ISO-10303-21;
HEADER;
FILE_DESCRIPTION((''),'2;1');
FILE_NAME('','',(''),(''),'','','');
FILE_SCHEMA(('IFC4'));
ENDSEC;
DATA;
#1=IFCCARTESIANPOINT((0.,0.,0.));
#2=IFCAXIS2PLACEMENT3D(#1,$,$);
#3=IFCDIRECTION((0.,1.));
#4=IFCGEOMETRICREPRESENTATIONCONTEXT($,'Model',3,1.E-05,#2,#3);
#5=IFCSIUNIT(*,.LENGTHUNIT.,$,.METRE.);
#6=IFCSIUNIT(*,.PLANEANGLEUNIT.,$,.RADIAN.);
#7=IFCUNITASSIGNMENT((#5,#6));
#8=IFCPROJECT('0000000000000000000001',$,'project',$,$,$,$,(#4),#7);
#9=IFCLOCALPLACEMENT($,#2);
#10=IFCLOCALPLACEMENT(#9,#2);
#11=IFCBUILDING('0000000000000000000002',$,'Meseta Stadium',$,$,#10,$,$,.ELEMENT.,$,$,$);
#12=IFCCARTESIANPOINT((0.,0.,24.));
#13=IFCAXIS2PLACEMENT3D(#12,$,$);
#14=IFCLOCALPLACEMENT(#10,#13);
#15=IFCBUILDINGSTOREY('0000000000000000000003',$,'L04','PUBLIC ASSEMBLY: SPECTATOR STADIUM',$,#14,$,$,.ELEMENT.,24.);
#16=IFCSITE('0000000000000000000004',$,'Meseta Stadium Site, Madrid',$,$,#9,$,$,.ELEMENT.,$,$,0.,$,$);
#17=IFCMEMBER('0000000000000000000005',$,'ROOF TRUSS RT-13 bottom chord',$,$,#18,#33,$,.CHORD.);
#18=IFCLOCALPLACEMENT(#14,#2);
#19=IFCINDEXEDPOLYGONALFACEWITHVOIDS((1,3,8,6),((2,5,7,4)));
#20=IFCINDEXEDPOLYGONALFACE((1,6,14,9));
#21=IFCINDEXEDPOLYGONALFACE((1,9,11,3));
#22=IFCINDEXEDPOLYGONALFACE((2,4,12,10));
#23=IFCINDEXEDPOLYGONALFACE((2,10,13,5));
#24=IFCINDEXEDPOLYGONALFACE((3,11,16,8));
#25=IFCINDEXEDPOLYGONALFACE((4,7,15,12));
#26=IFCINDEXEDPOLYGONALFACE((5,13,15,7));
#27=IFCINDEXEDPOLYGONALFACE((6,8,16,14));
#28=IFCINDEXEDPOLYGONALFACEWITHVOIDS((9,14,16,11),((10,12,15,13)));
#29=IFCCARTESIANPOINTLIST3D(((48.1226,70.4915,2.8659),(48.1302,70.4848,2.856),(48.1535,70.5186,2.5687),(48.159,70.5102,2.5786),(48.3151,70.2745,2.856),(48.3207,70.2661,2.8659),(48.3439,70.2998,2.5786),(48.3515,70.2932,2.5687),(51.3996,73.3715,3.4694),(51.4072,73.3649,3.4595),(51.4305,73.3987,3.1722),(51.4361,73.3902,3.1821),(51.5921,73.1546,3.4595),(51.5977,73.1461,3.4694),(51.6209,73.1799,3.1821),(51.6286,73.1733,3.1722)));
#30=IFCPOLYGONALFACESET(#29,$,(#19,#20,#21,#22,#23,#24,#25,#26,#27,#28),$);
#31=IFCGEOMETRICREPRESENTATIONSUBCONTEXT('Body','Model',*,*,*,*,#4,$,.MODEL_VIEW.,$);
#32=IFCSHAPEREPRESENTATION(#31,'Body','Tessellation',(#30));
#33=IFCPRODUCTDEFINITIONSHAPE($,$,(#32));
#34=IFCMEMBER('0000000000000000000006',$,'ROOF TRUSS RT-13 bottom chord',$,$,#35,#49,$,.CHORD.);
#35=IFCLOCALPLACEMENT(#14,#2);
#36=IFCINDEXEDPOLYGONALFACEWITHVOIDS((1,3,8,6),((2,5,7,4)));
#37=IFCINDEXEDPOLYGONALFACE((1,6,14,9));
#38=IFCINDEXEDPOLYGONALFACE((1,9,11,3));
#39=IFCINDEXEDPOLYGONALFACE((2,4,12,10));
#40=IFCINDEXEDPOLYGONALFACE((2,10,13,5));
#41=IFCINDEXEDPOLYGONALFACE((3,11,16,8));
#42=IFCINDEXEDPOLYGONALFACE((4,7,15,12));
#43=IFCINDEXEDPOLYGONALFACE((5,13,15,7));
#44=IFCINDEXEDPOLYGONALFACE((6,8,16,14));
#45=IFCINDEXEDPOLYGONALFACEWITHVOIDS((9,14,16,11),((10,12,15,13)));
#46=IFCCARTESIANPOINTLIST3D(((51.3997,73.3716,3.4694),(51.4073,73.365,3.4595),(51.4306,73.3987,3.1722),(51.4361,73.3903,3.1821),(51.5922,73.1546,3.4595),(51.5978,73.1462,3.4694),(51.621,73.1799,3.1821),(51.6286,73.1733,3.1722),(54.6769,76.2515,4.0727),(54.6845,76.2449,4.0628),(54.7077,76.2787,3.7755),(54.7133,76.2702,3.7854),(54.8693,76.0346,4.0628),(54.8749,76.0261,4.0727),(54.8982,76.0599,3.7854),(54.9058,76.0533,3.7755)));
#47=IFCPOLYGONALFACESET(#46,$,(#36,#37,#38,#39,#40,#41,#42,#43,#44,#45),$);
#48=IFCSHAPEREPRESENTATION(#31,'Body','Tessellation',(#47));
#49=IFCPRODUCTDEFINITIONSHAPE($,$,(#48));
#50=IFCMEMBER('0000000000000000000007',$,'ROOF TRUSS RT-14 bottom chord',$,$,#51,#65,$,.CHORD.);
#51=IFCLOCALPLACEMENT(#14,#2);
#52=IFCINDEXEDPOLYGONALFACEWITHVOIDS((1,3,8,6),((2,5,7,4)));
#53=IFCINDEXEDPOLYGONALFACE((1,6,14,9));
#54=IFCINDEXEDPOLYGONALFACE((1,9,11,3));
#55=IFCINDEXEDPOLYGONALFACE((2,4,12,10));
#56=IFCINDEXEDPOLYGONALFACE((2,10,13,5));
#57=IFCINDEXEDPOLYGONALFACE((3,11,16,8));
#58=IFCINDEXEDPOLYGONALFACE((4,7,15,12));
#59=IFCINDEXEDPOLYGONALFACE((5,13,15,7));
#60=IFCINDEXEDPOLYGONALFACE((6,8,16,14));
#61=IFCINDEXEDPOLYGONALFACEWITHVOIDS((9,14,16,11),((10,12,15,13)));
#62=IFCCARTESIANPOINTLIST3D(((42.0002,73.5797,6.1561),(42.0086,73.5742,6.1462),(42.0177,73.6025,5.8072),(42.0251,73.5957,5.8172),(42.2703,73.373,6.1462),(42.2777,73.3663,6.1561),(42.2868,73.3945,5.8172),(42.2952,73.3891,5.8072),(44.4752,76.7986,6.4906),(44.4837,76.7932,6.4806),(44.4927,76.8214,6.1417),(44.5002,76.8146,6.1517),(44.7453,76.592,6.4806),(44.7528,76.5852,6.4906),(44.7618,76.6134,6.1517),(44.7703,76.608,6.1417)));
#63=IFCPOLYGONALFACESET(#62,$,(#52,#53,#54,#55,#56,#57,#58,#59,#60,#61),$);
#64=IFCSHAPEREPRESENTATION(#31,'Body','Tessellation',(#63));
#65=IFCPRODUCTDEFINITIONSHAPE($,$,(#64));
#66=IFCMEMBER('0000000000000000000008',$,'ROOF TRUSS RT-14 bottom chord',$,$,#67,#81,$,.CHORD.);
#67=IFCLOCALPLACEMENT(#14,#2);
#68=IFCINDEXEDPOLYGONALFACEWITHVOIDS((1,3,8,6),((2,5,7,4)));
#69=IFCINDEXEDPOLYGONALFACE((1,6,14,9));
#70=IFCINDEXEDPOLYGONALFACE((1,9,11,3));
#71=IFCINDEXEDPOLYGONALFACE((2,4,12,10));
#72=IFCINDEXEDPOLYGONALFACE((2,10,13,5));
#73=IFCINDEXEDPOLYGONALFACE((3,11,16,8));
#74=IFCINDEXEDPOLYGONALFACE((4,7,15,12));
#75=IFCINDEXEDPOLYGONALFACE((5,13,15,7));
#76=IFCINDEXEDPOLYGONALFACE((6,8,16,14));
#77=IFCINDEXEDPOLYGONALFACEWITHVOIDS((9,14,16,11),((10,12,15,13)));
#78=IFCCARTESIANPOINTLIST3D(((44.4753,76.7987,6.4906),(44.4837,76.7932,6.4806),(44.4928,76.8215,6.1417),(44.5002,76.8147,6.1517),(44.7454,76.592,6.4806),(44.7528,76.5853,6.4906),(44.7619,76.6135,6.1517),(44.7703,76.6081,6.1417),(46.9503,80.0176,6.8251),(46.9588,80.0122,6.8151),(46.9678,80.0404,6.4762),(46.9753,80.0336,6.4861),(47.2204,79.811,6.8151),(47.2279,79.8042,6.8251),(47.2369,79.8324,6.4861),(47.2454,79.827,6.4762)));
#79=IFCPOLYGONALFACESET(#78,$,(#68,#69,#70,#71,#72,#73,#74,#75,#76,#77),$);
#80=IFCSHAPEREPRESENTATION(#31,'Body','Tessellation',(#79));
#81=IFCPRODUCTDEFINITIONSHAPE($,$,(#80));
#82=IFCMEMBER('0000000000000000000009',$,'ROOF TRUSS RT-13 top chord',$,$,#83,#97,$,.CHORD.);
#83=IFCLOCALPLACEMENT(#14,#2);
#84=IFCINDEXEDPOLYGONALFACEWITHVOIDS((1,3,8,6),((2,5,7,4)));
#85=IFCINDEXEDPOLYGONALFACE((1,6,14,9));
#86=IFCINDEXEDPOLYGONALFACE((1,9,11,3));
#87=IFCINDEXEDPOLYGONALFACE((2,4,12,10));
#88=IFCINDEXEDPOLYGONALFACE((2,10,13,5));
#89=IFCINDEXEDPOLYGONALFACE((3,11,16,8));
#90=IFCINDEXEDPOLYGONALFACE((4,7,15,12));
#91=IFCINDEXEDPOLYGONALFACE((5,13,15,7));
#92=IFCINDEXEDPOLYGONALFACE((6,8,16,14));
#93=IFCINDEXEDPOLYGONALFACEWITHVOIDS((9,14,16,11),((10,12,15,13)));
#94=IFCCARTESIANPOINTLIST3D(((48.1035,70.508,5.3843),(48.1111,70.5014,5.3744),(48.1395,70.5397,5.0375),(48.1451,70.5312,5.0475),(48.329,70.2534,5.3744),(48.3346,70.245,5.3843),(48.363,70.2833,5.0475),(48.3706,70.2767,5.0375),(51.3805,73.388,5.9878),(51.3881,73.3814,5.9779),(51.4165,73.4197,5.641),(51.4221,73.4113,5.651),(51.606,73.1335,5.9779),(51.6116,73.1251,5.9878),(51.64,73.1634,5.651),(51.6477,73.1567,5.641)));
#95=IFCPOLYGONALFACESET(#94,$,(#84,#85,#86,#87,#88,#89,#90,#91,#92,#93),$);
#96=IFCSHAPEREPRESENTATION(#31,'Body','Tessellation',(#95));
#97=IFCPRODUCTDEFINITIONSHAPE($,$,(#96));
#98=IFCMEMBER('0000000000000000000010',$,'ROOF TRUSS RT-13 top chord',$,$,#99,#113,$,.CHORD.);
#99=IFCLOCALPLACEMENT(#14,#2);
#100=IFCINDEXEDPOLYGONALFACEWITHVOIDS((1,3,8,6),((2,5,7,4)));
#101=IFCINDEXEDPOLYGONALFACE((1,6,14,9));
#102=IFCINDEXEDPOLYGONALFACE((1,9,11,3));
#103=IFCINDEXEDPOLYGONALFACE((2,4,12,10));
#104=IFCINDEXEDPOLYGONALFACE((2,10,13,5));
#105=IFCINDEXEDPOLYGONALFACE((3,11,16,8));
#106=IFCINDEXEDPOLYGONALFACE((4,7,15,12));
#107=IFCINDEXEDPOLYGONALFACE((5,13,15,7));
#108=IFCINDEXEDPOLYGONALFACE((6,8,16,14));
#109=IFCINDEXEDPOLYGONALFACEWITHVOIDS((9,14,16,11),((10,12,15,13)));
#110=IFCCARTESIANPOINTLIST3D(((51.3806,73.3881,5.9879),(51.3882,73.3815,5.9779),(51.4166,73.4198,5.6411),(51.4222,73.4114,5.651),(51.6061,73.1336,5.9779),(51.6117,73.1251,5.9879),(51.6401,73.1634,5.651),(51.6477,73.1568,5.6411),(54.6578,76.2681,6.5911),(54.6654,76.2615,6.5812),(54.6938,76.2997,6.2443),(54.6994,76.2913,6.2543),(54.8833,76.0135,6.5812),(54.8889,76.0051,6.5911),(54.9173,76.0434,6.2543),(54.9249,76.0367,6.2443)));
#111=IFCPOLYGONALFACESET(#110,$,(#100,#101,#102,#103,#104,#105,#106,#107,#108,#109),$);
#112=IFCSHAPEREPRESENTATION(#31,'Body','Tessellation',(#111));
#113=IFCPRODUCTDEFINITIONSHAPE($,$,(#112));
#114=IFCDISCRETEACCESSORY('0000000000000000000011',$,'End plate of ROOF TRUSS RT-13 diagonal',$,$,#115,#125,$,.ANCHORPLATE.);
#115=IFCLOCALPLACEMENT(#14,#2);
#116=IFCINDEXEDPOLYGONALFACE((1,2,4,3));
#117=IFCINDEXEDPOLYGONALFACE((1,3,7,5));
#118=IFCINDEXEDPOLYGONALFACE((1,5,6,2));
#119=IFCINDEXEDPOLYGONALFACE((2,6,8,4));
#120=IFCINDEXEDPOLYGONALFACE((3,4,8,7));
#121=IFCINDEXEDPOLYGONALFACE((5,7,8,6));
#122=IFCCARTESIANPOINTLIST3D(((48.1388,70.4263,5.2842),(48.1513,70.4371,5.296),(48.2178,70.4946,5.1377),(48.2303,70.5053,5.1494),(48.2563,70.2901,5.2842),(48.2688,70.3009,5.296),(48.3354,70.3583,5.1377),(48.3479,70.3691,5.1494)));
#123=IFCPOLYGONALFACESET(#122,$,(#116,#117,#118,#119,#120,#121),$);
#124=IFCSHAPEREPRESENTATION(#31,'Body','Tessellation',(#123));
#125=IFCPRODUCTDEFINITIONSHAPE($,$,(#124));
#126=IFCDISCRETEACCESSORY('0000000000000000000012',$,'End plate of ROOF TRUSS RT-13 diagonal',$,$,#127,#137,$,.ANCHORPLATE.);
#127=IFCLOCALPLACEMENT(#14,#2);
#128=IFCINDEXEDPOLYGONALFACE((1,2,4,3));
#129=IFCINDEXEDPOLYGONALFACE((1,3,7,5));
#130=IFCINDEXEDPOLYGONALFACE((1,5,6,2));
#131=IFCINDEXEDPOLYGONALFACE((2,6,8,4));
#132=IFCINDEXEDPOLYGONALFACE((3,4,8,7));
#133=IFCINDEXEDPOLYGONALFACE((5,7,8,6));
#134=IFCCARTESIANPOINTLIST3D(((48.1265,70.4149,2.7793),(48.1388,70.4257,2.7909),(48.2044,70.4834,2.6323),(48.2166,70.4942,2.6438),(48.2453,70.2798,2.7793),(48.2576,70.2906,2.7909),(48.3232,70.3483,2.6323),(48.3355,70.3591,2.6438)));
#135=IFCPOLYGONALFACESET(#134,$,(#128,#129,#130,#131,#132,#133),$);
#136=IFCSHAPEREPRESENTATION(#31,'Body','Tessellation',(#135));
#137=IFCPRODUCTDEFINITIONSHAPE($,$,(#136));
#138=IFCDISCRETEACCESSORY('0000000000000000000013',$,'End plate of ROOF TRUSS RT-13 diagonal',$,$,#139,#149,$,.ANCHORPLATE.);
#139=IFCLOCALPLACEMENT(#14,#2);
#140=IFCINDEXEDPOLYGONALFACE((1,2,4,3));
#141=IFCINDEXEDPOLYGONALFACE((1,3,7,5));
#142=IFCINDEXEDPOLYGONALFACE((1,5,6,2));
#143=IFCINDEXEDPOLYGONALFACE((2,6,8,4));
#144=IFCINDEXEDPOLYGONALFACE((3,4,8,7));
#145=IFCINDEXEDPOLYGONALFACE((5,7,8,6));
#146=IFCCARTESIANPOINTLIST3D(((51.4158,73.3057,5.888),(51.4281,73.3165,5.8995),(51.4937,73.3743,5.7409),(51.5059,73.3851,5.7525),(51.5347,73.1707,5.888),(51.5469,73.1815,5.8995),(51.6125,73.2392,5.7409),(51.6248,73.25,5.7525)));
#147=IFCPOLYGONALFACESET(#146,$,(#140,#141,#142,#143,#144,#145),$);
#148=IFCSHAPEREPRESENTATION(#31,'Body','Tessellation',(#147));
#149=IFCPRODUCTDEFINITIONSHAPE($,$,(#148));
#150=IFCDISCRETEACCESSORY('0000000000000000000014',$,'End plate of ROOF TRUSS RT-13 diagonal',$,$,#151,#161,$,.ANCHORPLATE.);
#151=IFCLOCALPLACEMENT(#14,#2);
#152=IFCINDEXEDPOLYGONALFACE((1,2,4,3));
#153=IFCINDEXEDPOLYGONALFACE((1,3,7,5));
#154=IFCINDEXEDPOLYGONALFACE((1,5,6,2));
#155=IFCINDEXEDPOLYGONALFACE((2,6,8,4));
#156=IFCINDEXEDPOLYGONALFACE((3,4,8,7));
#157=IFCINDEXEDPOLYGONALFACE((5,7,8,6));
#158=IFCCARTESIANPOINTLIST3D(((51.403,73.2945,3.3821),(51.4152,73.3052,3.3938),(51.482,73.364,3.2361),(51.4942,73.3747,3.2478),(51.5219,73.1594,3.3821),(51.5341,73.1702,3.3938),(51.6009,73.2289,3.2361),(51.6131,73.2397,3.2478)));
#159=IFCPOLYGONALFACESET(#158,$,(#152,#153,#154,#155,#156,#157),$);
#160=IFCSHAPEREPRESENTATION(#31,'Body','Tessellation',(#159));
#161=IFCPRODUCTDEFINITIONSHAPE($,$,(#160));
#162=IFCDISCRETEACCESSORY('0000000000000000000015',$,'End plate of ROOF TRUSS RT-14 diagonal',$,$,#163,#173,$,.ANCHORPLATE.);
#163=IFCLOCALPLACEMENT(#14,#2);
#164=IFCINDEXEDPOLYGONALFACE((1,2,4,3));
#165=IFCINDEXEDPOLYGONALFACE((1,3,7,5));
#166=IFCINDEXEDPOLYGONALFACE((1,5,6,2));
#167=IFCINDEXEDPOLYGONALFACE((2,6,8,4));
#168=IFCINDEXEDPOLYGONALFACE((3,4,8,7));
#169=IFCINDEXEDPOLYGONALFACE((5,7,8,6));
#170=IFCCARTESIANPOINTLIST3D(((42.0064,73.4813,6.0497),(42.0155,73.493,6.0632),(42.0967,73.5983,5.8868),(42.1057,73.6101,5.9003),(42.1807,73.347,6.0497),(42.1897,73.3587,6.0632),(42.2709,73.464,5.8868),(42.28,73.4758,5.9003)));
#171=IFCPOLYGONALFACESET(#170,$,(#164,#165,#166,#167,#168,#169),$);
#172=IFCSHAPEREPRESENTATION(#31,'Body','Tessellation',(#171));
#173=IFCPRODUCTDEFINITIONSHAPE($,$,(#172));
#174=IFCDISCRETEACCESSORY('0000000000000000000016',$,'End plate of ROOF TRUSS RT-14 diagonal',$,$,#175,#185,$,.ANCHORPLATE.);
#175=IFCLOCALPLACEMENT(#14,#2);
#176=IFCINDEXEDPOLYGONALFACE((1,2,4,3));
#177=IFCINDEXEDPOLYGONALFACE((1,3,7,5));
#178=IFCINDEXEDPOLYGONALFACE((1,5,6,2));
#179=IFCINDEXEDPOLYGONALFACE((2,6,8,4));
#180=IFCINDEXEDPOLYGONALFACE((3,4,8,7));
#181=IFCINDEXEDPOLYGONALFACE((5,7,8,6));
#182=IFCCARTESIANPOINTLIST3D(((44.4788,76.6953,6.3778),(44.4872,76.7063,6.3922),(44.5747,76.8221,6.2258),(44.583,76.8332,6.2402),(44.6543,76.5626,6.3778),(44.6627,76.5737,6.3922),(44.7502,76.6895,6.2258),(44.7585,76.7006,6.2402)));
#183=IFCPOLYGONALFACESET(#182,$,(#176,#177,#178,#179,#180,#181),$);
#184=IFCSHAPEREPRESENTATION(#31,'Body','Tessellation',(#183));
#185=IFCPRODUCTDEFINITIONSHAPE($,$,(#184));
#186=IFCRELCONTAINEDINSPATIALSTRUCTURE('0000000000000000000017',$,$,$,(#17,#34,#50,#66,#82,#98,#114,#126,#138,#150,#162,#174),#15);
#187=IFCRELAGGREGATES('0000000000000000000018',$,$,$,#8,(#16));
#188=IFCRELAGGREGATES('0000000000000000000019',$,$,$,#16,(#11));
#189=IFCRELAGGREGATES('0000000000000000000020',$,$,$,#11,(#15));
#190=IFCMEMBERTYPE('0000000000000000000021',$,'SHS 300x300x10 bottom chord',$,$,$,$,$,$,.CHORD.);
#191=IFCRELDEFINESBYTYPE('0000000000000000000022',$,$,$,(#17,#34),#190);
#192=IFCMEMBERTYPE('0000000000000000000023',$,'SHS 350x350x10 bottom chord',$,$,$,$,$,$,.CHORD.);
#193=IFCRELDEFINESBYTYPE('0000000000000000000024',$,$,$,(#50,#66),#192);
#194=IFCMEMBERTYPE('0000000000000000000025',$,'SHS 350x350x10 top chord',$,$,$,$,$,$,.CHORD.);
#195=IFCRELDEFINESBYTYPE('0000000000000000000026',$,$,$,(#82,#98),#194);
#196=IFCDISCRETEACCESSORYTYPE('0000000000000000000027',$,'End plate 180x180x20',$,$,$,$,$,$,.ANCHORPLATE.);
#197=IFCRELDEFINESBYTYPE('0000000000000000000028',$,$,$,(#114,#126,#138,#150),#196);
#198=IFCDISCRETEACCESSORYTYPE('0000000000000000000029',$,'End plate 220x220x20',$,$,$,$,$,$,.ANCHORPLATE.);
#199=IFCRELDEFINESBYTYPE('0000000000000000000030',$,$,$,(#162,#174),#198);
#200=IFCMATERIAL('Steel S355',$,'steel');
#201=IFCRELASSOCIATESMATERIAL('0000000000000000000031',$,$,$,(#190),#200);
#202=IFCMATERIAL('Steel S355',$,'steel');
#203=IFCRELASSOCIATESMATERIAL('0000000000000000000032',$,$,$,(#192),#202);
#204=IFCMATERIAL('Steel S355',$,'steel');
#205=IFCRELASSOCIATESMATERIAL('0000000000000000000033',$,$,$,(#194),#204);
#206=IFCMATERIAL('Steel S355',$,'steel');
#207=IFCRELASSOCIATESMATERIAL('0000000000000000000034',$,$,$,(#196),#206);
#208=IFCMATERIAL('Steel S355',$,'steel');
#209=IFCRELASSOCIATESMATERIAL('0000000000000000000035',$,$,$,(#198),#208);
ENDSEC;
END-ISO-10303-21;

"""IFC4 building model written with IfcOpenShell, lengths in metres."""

from ifc_helpers import new_model, si_unit, direction, frame, origin, origin_2d, place, context, subcontext, project, spatial, rectangle, hollow_rectangle, extrude, material, material_profile, profile_set, type_object, element, save


model = new_model("IFC4")

# Units and contexts
model_context = context("Model", 3, precision=1e-05, world=origin(), true_north=direction((0.0, 1.0)))
body_context = subcontext(model_context, "Body", "Model", "MODEL_VIEW")
ifc_project = project(units=[si_unit("LENGTHUNIT", "METRE"), si_unit("PLANEANGLEUNIT", "RADIAN")], contexts=[model_context])

# Site, building, storey
site_placement = place(None, origin())
site = spatial("IfcSite", under=ifc_project, at=site_placement, Name="Meseta Stadium Site, Madrid", CompositionType="ELEMENT", RefElevation=0.0)
building_placement = place(site_placement, origin())
building = spatial("IfcBuilding", under=site, at=building_placement, Name="Meseta Stadium", CompositionType="ELEMENT")
storey_placement = place(building_placement, frame((0.0, 0.0, 24.0)))
storey = spatial("IfcBuildingStorey", under=building, at=storey_placement, Name="L04", Description="PUBLIC ASSEMBLY: SPECTATOR STADIUM", CompositionType="ELEMENT", Elevation=24.0)

# Members
ifc_material_1 = material(Name="Steel S355", Category="steel")
ifc_material_profile_1 = material_profile(ifc_material_1, hollow_rectangle(XDim=0.3, YDim=0.3, WallThickness=0.01, at=origin_2d()), Name="SHS 300x300x10")
ifc_profile_set_1 = profile_set([ifc_material_profile_1], Name="Steel S355")
member_type_1 = type_object("IfcMemberType", Name="SHS 300x300x10 bottom chord", PredefinedType="CHORD", material=ifc_profile_set_1)
for number, where, z_axis, x_axis, name in (
    (1, (48.2371, 70.3923, 2.7173), (0.744051, 0.65392, 0.137026), (-0.660147, 0.751136, 0.0), "ROOF TRUSS RT-13 bottom chord"),
    (2, (51.5142, 73.2725, 3.3208), (0.744084, 0.653894, 0.136976), (-0.660116, 0.751164, 0.0), "ROOF TRUSS RT-13 bottom chord"),
):
    element("IfcMember", number, at=place(storey_placement, frame(where, z_axis=z_axis, x_axis=x_axis)), inside=storey, type_object=member_type_1, Name=name, PredefinedType="CHORD", context=body_context, shape_type="SweptSolid", body=[
        extrude(hollow_rectangle(XDim=0.3, YDim=0.3, WallThickness=0.01, at=origin_2d()), origin(), (0.0, 0.0, 1.0), 4.4043),
    ])
ifc_material_2 = material(Name="Steel S355", Category="steel")
ifc_material_profile_2 = material_profile(ifc_material_2, hollow_rectangle(XDim=0.3501, YDim=0.3501, WallThickness=0.01, at=origin_2d()), Name="SHS 350x350x10")
ifc_profile_set_2 = profile_set([ifc_material_profile_2], Name="Steel S355")
member_type_2 = type_object("IfcMemberType", Name="SHS 350x350x10 bottom chord", PredefinedType="CHORD", material=ifc_profile_set_2)
for number, where, z_axis, x_axis, name in (
    (3, (42.1477, 73.4844, 5.9817), (0.607491, 0.790073, 0.082093), (-0.792749, 0.609548, 0.0), "ROOF TRUSS RT-14 bottom chord"),
    (4, (44.6228, 76.7034, 6.3162), (0.607491, 0.790073, 0.082093), (-0.792749, 0.609548, 0.0), "ROOF TRUSS RT-14 bottom chord"),
):
    element("IfcMember", number, at=place(storey_placement, frame(where, z_axis=z_axis, x_axis=x_axis)), inside=storey, type_object=member_type_2, Name=name, PredefinedType="CHORD", context=body_context, shape_type="SweptSolid", body=[
        extrude(hollow_rectangle(XDim=0.3501, YDim=0.3501, WallThickness=0.01, at=origin_2d()), origin(), (0.0, 0.0, 1.0), 4.0742),
    ])
ifc_material_3 = material(Name="Steel S355", Category="steel")
ifc_material_profile_3 = material_profile(ifc_material_3, hollow_rectangle(XDim=0.3501, YDim=0.3501, WallThickness=0.01, at=origin_2d()), Name="SHS 350x350x10")
ifc_profile_set_3 = profile_set([ifc_material_profile_3], Name="Steel S355")
member_type_3 = type_object("IfcMemberType", Name="SHS 350x350x10 top chord", PredefinedType="CHORD", material=ifc_profile_set_3)
for number, where, z_axis, x_axis, name in (
    (5, (48.2371, 70.3923, 5.2109), (0.744051, 0.65392, 0.137026), (-0.660147, 0.751136, 0.0), "ROOF TRUSS RT-13 top chord"),
    (6, (51.5142, 73.2725, 5.8145), (0.744084, 0.653894, 0.136976), (-0.660116, 0.751164, 0.0), "ROOF TRUSS RT-13 top chord"),
):
    element("IfcMember", number, at=place(storey_placement, frame(where, z_axis=z_axis, x_axis=x_axis)), inside=storey, type_object=member_type_3, Name=name, PredefinedType="CHORD", context=body_context, shape_type="SweptSolid", body=[
        extrude(hollow_rectangle(XDim=0.3501, YDim=0.3501, WallThickness=0.01, at=origin_2d()), origin(), (0.0, 0.0, 1.0), 4.4043),
    ])

# Discrete accessories
ifc_material_4 = material(Name="Steel S355", Category="steel")
ifc_material_profile_4 = material_profile(ifc_material_4, rectangle(XDim=0.1799, YDim=0.1799, at=origin_2d()), Name="PL 180x180")
ifc_profile_set_4 = profile_set([ifc_material_profile_4], Name="Steel S355")
discrete_accessory_type_1 = type_object("IfcDiscreteAccessoryType", Name="End plate 180x180x20", PredefinedType="ANCHORPLATE", material=ifc_profile_set_4)
discrete_accessory_1_placement = place(storey_placement, frame((48.2371, 70.3923, 5.2109), z_axis=(0.61661, 0.531977, 0.580339), x_axis=(-0.653233, 0.757157, 0.0)))
element("IfcDiscreteAccessory", 7, at=discrete_accessory_1_placement, inside=storey, type_object=discrete_accessory_type_1, Name="End plate of ROOF TRUSS RT-13 diagonal", PredefinedType="ANCHORPLATE", context=body_context, shape_type="SweptSolid", body=[
    extrude(rectangle(XDim=0.1799, YDim=0.1799, at=origin_2d()), origin(), (0.0, 0.0, 1.0), 0.0203),
])
for number, where, z_axis, x_axis, name in (
    (8, (48.2249, 70.3816, 2.7058), (0.61337, 0.539766, 0.576568), (-0.660628, 0.750714, 0.0), "End plate of ROOF TRUSS RT-13 diagonal"),
    (9, (51.5142, 73.2725, 5.8145), (0.61337, 0.539766, 0.576568), (-0.660628, 0.750714, 0.0), "End plate of ROOF TRUSS RT-13 diagonal"),
    (10, (51.502, 73.2617, 3.3091), (0.609032, 0.535948, 0.584671), (-0.660628, 0.750714, 0.0), "End plate of ROOF TRUSS RT-13 diagonal"),
):
    element("IfcDiscreteAccessory", number, at=place(storey_placement, frame(where, z_axis=z_axis, x_axis=x_axis)), inside=storey, type_object=discrete_accessory_type_1, Name=name, PredefinedType="ANCHORPLATE", context=body_context, shape_type="SweptSolid", body=[
        extrude(rectangle(XDim=0.1799, YDim=0.1799, at=origin_2d()), origin(), (0.0, 0.0, 1.0), 0.02),
    ])
ifc_material_5 = material(Name="Steel S355", Category="steel")
ifc_material_profile_5 = material_profile(ifc_material_5, rectangle(XDim=0.22, YDim=0.22, at=origin_2d()), Name="PL 220x220")
ifc_profile_set_5 = profile_set([ifc_material_profile_5], Name="Steel S355")
discrete_accessory_type_2 = type_object("IfcDiscreteAccessoryType", Name="End plate 220x220x20", PredefinedType="ANCHORPLATE", material=ifc_profile_set_5)
for number, where, z_axis, x_axis, name in (
    (11, (42.1387, 73.4727, 5.9683), (0.452094, 0.586501, 0.672032), (-0.79201, 0.610508, 0.0), "End plate of ROOF TRUSS RT-14 diagonal"),
    (12, (44.6145, 76.6924, 6.3018), (0.416559, 0.551328, 0.722853), (-0.797867, 0.602833, 0.0), "End plate of ROOF TRUSS RT-14 diagonal"),
):
    element("IfcDiscreteAccessory", number, at=place(storey_placement, frame(where, z_axis=z_axis, x_axis=x_axis)), inside=storey, type_object=discrete_accessory_type_2, Name=name, PredefinedType="ANCHORPLATE", context=body_context, shape_type="SweptSolid", body=[
        extrude(rectangle(XDim=0.22, YDim=0.22, at=origin_2d()), origin(), (0.0, 0.0, 1.0), 0.02),
    ])

save(model, "model.ifc")
